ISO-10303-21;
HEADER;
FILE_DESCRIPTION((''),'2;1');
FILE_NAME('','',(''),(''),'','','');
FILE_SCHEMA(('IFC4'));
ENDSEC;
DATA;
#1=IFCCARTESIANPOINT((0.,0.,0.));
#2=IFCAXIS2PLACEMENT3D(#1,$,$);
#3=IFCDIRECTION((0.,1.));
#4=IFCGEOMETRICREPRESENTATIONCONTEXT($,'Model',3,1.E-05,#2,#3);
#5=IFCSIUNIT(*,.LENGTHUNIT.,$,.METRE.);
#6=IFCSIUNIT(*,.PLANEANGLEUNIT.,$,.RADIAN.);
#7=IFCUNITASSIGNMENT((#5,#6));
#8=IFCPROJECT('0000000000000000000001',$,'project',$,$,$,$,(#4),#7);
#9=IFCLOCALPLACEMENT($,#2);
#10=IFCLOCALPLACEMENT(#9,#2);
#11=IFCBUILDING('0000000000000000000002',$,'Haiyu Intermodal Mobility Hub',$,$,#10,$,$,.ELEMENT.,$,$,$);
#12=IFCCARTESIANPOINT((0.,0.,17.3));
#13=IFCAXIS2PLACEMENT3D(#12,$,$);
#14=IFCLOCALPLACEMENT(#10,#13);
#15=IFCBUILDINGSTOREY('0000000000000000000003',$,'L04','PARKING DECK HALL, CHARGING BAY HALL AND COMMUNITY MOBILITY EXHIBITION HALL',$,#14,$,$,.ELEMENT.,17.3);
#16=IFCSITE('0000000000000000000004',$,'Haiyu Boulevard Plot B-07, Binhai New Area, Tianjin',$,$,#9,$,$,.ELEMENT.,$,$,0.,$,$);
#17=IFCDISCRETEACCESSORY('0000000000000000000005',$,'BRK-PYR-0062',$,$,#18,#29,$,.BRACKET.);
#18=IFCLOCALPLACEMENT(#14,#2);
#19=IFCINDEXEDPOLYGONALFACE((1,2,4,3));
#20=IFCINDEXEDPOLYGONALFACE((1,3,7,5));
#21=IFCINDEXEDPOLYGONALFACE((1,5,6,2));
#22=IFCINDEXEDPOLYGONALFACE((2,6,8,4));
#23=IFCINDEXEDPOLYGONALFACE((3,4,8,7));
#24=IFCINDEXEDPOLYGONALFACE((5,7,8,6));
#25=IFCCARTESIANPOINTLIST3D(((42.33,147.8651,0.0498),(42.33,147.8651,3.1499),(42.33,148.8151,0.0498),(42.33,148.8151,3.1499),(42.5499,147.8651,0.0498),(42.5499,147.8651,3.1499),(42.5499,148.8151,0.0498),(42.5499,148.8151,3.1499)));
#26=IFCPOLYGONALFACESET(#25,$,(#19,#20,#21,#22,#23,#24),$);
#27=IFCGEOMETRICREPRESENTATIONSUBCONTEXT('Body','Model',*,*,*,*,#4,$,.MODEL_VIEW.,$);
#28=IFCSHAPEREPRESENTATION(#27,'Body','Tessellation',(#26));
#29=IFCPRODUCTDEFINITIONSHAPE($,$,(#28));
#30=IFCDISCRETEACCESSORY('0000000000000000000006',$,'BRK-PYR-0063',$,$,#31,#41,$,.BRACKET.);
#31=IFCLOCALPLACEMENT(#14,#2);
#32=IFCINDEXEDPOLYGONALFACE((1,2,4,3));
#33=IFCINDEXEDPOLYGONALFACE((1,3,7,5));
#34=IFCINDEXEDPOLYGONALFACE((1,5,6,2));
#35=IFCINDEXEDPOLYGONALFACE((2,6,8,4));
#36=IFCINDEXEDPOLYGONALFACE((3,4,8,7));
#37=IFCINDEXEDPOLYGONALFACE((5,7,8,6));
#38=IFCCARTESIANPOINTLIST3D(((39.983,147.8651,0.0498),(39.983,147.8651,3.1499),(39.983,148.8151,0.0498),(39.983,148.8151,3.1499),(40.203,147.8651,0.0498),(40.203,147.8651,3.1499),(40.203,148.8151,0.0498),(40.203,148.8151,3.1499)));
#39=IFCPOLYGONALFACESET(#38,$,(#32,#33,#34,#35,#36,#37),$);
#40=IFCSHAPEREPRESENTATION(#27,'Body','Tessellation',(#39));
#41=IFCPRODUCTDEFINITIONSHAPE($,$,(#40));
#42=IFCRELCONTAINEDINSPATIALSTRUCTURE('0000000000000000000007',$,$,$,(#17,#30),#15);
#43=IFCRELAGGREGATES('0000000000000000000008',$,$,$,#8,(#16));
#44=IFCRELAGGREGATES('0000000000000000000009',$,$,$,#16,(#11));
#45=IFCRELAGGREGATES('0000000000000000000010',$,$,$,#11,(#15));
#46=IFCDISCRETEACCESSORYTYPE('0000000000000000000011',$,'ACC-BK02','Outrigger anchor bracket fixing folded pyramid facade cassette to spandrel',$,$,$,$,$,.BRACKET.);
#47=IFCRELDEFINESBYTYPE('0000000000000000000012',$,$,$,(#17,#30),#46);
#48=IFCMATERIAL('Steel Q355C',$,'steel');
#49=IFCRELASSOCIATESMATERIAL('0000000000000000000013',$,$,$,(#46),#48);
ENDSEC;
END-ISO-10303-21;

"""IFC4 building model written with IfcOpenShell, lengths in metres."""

from ifc_helpers import new_model, si_unit, direction, frame, origin, origin_2d, place, context, subcontext, project, spatial, rectangle, extrude, material, type_object, element, save


model = new_model("IFC4")

# Units and contexts
model_context = context("Model", 3, precision=1e-05, world=origin(), true_north=direction((0.0, 1.0)))
body_context = subcontext(model_context, "Body", "Model", "MODEL_VIEW")
ifc_project = project(units=[si_unit("LENGTHUNIT", "METRE"), si_unit("PLANEANGLEUNIT", "RADIAN")], contexts=[model_context])

# Site, building, storey
site_placement = place(None, origin())
site = spatial("IfcSite", under=ifc_project, at=site_placement, Name="Haiyu Boulevard Plot B-07, Binhai New Area, Tianjin", CompositionType="ELEMENT", RefElevation=0.0)
building_placement = place(site_placement, origin())
building = spatial("IfcBuilding", under=site, at=building_placement, Name="Haiyu Intermodal Mobility Hub", CompositionType="ELEMENT")
storey_placement = place(building_placement, frame((0.0, 0.0, 17.3)))
storey = spatial("IfcBuildingStorey", under=building, at=storey_placement, Name="L04", Description="PARKING DECK HALL, CHARGING BAY HALL AND COMMUNITY MOBILITY EXHIBITION HALL", CompositionType="ELEMENT", Elevation=17.3)

# Shared definitions
ifc_material_1 = material(Name="Steel Q355C", Category="steel")

# Discrete accessories
discrete_accessory_type = type_object("IfcDiscreteAccessoryType", Name="ACC-BK02", Description="Outrigger anchor bracket fixing folded pyramid facade cassette to spandrel", PredefinedType="BRACKET", material=ifc_material_1)
for number, where, z_axis, x_axis, name in (
    (1, (42.4399, 148.3401, 0.0498), (0.0, 0.0, 1.0), (1.0, 0.0, 0.0), "BRK-PYR-0062"),
    (2, (40.093, 148.3401, 0.0498), (0.0, 0.0, 1.0), (1.0, 0.0, 0.0), "BRK-PYR-0063"),
):
    element("IfcDiscreteAccessory", number, at=place(storey_placement, frame(where, z_axis=z_axis, x_axis=x_axis)), inside=storey, type_object=discrete_accessory_type, Name=name, PredefinedType="BRACKET", context=body_context, shape_type="SweptSolid", body=[
        extrude(rectangle(XDim=0.22, YDim=0.95, at=origin_2d()), origin(), (0.0, 0.0, 1.0), 3.1001),
    ])

save(model, "model.ifc")
